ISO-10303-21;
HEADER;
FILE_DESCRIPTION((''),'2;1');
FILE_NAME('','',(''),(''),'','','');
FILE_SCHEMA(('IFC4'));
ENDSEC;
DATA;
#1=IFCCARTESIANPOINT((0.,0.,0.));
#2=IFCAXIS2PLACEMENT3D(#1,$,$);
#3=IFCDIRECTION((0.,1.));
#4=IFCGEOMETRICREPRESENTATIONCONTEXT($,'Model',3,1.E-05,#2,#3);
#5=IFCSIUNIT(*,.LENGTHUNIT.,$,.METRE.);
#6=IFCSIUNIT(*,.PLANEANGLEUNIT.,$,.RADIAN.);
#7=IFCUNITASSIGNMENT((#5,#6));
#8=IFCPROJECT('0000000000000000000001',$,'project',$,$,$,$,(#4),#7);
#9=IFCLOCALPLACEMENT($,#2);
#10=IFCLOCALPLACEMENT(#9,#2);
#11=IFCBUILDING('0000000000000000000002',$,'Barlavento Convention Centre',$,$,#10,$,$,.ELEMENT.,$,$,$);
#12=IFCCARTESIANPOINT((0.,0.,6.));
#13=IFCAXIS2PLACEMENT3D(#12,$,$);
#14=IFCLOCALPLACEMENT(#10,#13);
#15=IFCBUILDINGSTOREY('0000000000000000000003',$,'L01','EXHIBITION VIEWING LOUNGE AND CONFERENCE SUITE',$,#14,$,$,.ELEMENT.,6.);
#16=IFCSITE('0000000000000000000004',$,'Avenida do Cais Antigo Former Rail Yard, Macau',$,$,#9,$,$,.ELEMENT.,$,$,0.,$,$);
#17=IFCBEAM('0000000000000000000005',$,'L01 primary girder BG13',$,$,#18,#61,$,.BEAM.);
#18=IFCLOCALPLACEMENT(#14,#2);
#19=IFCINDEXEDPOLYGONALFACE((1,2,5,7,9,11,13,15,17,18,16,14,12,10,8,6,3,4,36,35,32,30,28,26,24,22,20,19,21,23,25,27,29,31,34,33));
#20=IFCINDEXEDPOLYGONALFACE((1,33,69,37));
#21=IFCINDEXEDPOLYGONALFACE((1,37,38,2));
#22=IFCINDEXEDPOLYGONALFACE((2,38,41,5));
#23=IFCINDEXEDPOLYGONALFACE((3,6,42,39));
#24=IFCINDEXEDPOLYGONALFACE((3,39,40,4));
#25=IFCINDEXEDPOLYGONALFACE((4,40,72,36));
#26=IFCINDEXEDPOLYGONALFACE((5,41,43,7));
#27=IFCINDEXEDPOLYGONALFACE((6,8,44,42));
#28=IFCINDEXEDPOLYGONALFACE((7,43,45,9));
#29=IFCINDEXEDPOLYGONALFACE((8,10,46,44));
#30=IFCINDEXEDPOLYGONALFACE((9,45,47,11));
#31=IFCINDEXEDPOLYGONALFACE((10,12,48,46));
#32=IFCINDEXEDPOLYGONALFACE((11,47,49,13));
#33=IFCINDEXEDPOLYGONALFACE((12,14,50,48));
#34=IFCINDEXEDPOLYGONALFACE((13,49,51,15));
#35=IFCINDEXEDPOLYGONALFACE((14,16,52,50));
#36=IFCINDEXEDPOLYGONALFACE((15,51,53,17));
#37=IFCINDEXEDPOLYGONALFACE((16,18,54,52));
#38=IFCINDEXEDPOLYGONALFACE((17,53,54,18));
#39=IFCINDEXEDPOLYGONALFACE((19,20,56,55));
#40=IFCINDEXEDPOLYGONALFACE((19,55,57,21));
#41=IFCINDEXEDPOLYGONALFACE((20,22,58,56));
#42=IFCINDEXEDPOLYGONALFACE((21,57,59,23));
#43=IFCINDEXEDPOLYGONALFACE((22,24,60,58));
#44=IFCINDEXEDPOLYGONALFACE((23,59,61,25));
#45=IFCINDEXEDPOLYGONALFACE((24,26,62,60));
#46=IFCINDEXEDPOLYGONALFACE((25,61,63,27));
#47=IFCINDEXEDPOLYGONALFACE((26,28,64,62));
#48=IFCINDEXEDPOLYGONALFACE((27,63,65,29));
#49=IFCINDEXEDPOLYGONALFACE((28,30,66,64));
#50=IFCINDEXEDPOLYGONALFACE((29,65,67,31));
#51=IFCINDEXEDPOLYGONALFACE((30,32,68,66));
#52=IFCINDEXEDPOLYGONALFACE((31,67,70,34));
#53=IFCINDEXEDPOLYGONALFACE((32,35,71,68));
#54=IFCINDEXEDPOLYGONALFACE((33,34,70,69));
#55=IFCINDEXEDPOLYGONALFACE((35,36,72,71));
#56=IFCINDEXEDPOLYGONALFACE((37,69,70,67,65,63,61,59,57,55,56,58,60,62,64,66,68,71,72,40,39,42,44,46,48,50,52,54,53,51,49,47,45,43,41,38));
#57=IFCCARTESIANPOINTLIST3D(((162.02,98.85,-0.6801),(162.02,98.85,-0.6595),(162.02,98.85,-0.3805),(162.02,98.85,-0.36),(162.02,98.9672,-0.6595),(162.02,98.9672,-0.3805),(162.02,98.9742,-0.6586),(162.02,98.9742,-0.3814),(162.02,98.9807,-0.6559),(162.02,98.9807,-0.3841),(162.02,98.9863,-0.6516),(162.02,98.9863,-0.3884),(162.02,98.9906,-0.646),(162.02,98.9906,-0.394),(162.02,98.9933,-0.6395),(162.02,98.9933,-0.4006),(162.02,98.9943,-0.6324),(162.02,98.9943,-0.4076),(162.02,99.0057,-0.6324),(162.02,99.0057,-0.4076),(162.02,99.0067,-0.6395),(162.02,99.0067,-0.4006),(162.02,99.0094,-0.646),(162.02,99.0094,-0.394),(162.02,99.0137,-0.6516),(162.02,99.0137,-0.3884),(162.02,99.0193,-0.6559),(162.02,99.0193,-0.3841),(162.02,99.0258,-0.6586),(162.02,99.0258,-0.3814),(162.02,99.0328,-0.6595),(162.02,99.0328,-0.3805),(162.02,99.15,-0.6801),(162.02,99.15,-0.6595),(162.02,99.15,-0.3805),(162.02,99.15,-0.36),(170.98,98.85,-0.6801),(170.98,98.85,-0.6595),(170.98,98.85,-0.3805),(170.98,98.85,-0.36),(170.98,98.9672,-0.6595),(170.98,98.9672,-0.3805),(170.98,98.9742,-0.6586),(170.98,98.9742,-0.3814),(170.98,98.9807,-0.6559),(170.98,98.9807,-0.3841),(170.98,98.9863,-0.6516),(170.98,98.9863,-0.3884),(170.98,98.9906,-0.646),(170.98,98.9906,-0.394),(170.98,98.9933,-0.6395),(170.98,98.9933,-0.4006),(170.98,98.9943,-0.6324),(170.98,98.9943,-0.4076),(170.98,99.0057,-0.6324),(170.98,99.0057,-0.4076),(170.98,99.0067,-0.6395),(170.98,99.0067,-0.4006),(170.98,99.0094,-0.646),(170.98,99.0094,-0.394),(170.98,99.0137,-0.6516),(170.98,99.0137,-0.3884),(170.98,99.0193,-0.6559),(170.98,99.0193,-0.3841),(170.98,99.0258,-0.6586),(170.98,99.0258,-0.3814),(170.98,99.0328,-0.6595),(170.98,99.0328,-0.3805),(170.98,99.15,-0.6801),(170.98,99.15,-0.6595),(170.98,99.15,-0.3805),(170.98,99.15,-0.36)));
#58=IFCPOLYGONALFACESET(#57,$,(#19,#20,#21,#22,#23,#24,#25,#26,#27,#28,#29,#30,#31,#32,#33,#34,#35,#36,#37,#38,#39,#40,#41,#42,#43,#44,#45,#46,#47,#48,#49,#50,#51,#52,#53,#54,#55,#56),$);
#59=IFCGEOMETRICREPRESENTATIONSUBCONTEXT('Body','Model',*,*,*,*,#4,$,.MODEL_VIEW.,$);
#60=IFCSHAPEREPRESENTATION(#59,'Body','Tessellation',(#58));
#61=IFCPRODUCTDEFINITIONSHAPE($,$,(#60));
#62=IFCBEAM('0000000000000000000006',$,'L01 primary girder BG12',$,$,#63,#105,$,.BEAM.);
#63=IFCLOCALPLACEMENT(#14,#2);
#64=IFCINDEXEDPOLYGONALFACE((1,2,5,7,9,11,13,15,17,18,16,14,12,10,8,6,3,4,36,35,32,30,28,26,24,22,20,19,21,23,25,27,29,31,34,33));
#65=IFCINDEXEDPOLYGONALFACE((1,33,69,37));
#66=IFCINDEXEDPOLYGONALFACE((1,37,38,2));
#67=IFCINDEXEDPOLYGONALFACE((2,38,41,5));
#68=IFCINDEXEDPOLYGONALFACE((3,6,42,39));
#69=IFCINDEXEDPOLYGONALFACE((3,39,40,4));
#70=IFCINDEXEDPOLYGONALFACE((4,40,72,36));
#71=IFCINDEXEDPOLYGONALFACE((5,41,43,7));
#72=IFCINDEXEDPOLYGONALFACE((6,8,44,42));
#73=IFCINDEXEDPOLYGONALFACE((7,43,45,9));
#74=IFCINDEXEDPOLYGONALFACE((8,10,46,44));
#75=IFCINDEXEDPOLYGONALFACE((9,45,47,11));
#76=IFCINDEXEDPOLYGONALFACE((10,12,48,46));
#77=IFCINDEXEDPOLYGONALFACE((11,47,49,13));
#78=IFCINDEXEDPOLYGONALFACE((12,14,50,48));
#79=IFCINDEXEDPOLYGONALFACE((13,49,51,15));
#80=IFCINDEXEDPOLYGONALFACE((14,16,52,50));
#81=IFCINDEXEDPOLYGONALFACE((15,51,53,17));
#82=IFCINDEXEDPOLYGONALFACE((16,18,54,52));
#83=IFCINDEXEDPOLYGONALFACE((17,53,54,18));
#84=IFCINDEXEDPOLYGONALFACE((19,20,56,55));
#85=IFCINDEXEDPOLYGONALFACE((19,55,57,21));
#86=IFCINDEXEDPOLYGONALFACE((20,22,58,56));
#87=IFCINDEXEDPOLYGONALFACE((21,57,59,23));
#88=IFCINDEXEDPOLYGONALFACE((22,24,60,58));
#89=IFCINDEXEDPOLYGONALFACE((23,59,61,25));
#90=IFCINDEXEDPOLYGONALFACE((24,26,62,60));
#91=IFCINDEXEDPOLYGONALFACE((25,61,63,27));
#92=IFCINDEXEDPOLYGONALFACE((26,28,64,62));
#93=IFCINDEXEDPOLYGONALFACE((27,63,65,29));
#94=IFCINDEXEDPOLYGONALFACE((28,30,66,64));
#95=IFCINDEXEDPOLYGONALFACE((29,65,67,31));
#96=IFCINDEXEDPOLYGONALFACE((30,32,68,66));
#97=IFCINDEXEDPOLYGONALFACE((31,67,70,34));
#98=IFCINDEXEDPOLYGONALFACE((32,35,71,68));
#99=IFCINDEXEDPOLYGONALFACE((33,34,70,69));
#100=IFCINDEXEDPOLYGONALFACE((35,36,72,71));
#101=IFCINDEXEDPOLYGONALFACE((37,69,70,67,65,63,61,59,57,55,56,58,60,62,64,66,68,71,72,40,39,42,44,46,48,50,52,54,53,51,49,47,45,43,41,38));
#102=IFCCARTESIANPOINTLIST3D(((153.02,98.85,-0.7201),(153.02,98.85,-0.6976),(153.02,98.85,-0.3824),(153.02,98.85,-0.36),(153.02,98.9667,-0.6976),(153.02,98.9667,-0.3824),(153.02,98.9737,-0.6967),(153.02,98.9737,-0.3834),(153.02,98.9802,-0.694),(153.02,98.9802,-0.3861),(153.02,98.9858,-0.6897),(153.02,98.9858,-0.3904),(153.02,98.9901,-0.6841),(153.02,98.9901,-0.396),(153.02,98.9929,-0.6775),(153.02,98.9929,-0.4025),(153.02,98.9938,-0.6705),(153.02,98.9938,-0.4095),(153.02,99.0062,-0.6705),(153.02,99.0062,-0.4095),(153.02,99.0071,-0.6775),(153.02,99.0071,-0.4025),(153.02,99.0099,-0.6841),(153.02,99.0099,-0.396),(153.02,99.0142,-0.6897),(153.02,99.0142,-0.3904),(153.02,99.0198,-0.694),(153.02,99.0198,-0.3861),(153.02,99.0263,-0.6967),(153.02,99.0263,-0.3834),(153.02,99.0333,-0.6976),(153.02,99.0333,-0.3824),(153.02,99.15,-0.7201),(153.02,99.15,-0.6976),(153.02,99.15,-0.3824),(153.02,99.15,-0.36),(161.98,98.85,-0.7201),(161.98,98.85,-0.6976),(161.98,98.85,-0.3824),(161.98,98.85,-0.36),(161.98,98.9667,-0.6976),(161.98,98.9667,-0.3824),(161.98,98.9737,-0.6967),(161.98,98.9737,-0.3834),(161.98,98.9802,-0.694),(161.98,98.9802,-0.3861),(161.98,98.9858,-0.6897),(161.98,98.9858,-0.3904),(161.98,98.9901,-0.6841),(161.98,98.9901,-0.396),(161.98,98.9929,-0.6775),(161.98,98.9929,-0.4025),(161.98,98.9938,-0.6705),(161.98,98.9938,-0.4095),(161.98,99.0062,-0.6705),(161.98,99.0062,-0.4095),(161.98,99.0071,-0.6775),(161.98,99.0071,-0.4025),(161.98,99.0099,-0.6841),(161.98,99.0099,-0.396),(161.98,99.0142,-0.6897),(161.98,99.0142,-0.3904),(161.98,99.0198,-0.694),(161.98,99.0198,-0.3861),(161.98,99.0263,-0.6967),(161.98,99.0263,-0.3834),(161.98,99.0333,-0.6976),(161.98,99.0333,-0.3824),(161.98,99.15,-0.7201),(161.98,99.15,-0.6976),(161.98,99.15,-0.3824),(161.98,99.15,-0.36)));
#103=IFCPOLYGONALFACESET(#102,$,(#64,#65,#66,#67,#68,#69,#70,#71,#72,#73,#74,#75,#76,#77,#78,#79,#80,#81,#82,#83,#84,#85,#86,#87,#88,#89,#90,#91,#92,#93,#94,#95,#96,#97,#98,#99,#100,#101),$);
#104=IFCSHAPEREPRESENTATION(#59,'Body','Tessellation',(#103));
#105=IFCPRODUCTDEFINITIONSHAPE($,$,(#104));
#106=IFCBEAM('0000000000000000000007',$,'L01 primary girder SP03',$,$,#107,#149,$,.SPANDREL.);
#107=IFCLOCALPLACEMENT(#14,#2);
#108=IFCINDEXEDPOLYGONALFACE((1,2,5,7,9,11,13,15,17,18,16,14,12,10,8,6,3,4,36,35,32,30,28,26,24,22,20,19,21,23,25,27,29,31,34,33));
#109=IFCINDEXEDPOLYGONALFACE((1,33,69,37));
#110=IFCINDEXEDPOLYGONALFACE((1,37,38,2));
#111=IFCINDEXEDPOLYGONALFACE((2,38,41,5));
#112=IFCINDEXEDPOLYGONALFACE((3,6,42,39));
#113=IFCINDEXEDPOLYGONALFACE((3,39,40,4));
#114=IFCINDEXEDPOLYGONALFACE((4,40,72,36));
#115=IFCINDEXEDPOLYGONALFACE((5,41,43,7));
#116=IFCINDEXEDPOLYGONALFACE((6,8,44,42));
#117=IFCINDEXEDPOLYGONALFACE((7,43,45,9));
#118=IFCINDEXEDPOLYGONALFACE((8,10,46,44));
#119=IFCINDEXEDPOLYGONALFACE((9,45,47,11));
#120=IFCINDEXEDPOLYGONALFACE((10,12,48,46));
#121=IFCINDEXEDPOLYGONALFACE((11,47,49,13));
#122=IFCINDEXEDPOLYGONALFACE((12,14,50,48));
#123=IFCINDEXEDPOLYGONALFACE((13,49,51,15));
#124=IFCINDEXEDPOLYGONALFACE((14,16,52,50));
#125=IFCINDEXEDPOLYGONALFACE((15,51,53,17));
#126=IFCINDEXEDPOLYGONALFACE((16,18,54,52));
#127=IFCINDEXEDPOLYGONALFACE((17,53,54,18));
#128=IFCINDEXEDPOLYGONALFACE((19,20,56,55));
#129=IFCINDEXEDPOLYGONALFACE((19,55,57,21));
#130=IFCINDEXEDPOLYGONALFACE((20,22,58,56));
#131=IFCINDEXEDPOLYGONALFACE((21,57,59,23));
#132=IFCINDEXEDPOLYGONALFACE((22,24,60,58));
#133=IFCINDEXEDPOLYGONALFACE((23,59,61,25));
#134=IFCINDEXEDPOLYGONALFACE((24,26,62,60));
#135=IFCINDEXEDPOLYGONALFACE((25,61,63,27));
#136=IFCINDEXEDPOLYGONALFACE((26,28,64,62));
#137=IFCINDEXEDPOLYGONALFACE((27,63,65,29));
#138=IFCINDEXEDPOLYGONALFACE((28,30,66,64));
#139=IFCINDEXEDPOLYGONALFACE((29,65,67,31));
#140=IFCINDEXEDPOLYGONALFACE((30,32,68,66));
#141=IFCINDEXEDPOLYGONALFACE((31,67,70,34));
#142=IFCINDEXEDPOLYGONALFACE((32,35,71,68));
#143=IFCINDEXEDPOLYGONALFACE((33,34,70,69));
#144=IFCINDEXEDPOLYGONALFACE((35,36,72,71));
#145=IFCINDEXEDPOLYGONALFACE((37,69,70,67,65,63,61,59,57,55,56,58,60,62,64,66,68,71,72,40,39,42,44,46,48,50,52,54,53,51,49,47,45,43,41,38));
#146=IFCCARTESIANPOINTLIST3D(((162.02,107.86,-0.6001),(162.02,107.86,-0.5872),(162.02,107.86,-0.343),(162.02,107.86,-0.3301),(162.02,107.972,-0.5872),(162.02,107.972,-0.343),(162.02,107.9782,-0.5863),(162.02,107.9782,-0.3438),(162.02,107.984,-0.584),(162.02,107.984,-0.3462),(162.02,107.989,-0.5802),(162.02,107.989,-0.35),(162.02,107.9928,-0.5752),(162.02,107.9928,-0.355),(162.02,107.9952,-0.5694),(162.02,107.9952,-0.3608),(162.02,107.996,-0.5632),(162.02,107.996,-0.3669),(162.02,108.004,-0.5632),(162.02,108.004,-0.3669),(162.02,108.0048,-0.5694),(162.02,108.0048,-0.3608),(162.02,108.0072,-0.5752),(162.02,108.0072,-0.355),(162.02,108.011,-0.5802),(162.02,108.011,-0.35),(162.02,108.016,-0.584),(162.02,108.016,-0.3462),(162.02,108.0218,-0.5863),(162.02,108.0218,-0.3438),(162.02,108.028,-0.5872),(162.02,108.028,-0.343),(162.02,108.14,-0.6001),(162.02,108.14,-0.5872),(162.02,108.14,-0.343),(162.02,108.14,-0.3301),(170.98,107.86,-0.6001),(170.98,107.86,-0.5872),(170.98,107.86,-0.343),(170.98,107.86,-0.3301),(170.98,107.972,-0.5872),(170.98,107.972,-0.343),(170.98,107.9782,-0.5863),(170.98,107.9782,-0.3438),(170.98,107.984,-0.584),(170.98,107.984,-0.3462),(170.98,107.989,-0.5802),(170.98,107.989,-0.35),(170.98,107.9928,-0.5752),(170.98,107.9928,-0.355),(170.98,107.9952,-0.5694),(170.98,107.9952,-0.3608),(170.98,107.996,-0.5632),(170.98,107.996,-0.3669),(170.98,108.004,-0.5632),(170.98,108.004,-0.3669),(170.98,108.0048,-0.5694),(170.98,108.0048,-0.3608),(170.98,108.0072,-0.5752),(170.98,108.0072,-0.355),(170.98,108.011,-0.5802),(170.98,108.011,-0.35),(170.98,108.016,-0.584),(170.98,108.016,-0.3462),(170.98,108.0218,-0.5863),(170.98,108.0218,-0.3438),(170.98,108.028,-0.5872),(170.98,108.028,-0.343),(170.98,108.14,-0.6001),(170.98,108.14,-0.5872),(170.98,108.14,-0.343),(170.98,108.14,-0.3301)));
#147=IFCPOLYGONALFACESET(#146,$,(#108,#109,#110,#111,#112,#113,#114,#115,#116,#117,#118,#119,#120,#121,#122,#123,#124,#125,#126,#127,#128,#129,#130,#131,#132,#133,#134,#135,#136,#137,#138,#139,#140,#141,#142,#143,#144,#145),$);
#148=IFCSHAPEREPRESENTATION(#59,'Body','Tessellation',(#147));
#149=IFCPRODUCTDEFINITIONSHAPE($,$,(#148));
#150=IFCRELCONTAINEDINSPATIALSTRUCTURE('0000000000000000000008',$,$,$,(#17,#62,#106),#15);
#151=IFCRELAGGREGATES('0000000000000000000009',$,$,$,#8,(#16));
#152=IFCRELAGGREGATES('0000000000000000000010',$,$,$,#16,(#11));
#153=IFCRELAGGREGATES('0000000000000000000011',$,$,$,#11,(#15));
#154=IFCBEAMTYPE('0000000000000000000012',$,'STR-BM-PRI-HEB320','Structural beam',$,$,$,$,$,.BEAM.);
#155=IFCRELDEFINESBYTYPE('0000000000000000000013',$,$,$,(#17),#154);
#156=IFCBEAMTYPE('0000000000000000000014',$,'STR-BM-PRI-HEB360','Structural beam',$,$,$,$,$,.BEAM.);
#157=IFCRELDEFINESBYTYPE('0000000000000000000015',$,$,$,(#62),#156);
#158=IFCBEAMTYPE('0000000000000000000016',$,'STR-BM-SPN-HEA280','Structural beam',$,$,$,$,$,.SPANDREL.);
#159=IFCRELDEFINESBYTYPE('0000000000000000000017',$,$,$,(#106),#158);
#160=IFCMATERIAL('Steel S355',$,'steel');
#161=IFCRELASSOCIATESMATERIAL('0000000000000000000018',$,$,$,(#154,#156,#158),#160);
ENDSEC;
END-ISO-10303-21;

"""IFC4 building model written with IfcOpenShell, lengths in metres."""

from ifc_helpers import new_model, si_unit, direction, frame, origin, origin_2d, place, context, subcontext, project, spatial, i_section, extrude, material, material_profile, profile_set, type_object, element, save


model = new_model("IFC4")

# Units and contexts
model_context = context("Model", 3, precision=1e-05, world=origin(), true_north=direction((0.0, 1.0)))
body_context = subcontext(model_context, "Body", "Model", "MODEL_VIEW")
ifc_project = project(units=[si_unit("LENGTHUNIT", "METRE"), si_unit("PLANEANGLEUNIT", "RADIAN")], contexts=[model_context])

# Site, building, storey
site_placement = place(None, origin())
site = spatial("IfcSite", under=ifc_project, at=site_placement, Name="Avenida do Cais Antigo Former Rail Yard, Macau", CompositionType="ELEMENT", RefElevation=0.0)
building_placement = place(site_placement, origin())
building = spatial("IfcBuilding", under=site, at=building_placement, Name="Barlavento Convention Centre", CompositionType="ELEMENT")
storey_placement = place(building_placement, frame((0.0, 0.0, 6.0)))
storey = spatial("IfcBuildingStorey", under=building, at=storey_placement, Name="L01", Description="EXHIBITION VIEWING LOUNGE AND CONFERENCE SUITE", CompositionType="ELEMENT", Elevation=6.0)

# Shared definitions
ifc_material_1 = material(Name="Steel S355", Category="steel")

# Beams
ifc_material_profile_1 = material_profile(ifc_material_1, i_section(OverallWidth=0.3, OverallDepth=0.3201, WebThickness=0.0115, FlangeThickness=0.0205, FilletRadius=0.0271, at=origin_2d()), Name="HEB 320")
ifc_profile_set_1 = profile_set([ifc_material_profile_1], Name="Steel S355")
beam_type_1 = type_object("IfcBeamType", Name="STR-BM-PRI-HEB320", Description="Structural beam", PredefinedType="BEAM", material=ifc_profile_set_1)
beam_1_placement = place(storey_placement, frame((162.02, 99.0, -0.52), z_axis=(1.0, 0.0, 0.0), x_axis=(0.0, 1.0, 0.0)))
element("IfcBeam", 1, at=beam_1_placement, inside=storey, type_object=beam_type_1, Name="L01 primary girder BG13", PredefinedType="BEAM", context=body_context, shape_type="SweptSolid", body=[
    extrude(i_section(OverallWidth=0.3, OverallDepth=0.3201, WebThickness=0.0115, FlangeThickness=0.0205, FilletRadius=0.0271, at=origin_2d()), origin(), (0.0, 0.0, 1.0), 8.96),
])
ifc_material_profile_2 = material_profile(ifc_material_1, i_section(OverallWidth=0.3, OverallDepth=0.3601, WebThickness=0.0125, FlangeThickness=0.0225, FilletRadius=0.0271, at=origin_2d()), Name="HEB 360")
ifc_profile_set_2 = profile_set([ifc_material_profile_2], Name="Steel S355")
beam_type_2 = type_object("IfcBeamType", Name="STR-BM-PRI-HEB360", Description="Structural beam", PredefinedType="BEAM", material=ifc_profile_set_2)
beam_2_placement = place(storey_placement, frame((153.02, 99.0, -0.54), z_axis=(1.0, 0.0, 0.0), x_axis=(0.0, 1.0, 0.0)))
element("IfcBeam", 2, at=beam_2_placement, inside=storey, type_object=beam_type_2, Name="L01 primary girder BG12", PredefinedType="BEAM", context=body_context, shape_type="SweptSolid", body=[
    extrude(i_section(OverallWidth=0.3, OverallDepth=0.3601, WebThickness=0.0125, FlangeThickness=0.0225, FilletRadius=0.0271, at=origin_2d()), origin(), (0.0, 0.0, 1.0), 8.96),
])
ifc_material_profile_3 = material_profile(ifc_material_1, i_section(OverallWidth=0.28, OverallDepth=0.27, WebThickness=0.0081, FlangeThickness=0.0129, FilletRadius=0.0239, at=origin_2d()), Name="HEA 280")
ifc_profile_set_3 = profile_set([ifc_material_profile_3], Name="Steel S355")
beam_type_3 = type_object("IfcBeamType", Name="STR-BM-SPN-HEA280", Description="Structural beam", PredefinedType="SPANDREL", material=ifc_profile_set_3)
beam_3_placement = place(storey_placement, frame((162.02, 108.0, -0.4651), z_axis=(1.0, 0.0, 0.0), x_axis=(0.0, 1.0, 0.0)))
element("IfcBeam", 3, at=beam_3_placement, inside=storey, type_object=beam_type_3, Name="L01 primary girder SP03", PredefinedType="SPANDREL", context=body_context, shape_type="SweptSolid", body=[
    extrude(i_section(OverallWidth=0.28, OverallDepth=0.27, WebThickness=0.0081, FlangeThickness=0.0129, FilletRadius=0.0239, at=origin_2d()), origin(), (0.0, 0.0, 1.0), 8.96),
])

save(model, "model.ifc")
